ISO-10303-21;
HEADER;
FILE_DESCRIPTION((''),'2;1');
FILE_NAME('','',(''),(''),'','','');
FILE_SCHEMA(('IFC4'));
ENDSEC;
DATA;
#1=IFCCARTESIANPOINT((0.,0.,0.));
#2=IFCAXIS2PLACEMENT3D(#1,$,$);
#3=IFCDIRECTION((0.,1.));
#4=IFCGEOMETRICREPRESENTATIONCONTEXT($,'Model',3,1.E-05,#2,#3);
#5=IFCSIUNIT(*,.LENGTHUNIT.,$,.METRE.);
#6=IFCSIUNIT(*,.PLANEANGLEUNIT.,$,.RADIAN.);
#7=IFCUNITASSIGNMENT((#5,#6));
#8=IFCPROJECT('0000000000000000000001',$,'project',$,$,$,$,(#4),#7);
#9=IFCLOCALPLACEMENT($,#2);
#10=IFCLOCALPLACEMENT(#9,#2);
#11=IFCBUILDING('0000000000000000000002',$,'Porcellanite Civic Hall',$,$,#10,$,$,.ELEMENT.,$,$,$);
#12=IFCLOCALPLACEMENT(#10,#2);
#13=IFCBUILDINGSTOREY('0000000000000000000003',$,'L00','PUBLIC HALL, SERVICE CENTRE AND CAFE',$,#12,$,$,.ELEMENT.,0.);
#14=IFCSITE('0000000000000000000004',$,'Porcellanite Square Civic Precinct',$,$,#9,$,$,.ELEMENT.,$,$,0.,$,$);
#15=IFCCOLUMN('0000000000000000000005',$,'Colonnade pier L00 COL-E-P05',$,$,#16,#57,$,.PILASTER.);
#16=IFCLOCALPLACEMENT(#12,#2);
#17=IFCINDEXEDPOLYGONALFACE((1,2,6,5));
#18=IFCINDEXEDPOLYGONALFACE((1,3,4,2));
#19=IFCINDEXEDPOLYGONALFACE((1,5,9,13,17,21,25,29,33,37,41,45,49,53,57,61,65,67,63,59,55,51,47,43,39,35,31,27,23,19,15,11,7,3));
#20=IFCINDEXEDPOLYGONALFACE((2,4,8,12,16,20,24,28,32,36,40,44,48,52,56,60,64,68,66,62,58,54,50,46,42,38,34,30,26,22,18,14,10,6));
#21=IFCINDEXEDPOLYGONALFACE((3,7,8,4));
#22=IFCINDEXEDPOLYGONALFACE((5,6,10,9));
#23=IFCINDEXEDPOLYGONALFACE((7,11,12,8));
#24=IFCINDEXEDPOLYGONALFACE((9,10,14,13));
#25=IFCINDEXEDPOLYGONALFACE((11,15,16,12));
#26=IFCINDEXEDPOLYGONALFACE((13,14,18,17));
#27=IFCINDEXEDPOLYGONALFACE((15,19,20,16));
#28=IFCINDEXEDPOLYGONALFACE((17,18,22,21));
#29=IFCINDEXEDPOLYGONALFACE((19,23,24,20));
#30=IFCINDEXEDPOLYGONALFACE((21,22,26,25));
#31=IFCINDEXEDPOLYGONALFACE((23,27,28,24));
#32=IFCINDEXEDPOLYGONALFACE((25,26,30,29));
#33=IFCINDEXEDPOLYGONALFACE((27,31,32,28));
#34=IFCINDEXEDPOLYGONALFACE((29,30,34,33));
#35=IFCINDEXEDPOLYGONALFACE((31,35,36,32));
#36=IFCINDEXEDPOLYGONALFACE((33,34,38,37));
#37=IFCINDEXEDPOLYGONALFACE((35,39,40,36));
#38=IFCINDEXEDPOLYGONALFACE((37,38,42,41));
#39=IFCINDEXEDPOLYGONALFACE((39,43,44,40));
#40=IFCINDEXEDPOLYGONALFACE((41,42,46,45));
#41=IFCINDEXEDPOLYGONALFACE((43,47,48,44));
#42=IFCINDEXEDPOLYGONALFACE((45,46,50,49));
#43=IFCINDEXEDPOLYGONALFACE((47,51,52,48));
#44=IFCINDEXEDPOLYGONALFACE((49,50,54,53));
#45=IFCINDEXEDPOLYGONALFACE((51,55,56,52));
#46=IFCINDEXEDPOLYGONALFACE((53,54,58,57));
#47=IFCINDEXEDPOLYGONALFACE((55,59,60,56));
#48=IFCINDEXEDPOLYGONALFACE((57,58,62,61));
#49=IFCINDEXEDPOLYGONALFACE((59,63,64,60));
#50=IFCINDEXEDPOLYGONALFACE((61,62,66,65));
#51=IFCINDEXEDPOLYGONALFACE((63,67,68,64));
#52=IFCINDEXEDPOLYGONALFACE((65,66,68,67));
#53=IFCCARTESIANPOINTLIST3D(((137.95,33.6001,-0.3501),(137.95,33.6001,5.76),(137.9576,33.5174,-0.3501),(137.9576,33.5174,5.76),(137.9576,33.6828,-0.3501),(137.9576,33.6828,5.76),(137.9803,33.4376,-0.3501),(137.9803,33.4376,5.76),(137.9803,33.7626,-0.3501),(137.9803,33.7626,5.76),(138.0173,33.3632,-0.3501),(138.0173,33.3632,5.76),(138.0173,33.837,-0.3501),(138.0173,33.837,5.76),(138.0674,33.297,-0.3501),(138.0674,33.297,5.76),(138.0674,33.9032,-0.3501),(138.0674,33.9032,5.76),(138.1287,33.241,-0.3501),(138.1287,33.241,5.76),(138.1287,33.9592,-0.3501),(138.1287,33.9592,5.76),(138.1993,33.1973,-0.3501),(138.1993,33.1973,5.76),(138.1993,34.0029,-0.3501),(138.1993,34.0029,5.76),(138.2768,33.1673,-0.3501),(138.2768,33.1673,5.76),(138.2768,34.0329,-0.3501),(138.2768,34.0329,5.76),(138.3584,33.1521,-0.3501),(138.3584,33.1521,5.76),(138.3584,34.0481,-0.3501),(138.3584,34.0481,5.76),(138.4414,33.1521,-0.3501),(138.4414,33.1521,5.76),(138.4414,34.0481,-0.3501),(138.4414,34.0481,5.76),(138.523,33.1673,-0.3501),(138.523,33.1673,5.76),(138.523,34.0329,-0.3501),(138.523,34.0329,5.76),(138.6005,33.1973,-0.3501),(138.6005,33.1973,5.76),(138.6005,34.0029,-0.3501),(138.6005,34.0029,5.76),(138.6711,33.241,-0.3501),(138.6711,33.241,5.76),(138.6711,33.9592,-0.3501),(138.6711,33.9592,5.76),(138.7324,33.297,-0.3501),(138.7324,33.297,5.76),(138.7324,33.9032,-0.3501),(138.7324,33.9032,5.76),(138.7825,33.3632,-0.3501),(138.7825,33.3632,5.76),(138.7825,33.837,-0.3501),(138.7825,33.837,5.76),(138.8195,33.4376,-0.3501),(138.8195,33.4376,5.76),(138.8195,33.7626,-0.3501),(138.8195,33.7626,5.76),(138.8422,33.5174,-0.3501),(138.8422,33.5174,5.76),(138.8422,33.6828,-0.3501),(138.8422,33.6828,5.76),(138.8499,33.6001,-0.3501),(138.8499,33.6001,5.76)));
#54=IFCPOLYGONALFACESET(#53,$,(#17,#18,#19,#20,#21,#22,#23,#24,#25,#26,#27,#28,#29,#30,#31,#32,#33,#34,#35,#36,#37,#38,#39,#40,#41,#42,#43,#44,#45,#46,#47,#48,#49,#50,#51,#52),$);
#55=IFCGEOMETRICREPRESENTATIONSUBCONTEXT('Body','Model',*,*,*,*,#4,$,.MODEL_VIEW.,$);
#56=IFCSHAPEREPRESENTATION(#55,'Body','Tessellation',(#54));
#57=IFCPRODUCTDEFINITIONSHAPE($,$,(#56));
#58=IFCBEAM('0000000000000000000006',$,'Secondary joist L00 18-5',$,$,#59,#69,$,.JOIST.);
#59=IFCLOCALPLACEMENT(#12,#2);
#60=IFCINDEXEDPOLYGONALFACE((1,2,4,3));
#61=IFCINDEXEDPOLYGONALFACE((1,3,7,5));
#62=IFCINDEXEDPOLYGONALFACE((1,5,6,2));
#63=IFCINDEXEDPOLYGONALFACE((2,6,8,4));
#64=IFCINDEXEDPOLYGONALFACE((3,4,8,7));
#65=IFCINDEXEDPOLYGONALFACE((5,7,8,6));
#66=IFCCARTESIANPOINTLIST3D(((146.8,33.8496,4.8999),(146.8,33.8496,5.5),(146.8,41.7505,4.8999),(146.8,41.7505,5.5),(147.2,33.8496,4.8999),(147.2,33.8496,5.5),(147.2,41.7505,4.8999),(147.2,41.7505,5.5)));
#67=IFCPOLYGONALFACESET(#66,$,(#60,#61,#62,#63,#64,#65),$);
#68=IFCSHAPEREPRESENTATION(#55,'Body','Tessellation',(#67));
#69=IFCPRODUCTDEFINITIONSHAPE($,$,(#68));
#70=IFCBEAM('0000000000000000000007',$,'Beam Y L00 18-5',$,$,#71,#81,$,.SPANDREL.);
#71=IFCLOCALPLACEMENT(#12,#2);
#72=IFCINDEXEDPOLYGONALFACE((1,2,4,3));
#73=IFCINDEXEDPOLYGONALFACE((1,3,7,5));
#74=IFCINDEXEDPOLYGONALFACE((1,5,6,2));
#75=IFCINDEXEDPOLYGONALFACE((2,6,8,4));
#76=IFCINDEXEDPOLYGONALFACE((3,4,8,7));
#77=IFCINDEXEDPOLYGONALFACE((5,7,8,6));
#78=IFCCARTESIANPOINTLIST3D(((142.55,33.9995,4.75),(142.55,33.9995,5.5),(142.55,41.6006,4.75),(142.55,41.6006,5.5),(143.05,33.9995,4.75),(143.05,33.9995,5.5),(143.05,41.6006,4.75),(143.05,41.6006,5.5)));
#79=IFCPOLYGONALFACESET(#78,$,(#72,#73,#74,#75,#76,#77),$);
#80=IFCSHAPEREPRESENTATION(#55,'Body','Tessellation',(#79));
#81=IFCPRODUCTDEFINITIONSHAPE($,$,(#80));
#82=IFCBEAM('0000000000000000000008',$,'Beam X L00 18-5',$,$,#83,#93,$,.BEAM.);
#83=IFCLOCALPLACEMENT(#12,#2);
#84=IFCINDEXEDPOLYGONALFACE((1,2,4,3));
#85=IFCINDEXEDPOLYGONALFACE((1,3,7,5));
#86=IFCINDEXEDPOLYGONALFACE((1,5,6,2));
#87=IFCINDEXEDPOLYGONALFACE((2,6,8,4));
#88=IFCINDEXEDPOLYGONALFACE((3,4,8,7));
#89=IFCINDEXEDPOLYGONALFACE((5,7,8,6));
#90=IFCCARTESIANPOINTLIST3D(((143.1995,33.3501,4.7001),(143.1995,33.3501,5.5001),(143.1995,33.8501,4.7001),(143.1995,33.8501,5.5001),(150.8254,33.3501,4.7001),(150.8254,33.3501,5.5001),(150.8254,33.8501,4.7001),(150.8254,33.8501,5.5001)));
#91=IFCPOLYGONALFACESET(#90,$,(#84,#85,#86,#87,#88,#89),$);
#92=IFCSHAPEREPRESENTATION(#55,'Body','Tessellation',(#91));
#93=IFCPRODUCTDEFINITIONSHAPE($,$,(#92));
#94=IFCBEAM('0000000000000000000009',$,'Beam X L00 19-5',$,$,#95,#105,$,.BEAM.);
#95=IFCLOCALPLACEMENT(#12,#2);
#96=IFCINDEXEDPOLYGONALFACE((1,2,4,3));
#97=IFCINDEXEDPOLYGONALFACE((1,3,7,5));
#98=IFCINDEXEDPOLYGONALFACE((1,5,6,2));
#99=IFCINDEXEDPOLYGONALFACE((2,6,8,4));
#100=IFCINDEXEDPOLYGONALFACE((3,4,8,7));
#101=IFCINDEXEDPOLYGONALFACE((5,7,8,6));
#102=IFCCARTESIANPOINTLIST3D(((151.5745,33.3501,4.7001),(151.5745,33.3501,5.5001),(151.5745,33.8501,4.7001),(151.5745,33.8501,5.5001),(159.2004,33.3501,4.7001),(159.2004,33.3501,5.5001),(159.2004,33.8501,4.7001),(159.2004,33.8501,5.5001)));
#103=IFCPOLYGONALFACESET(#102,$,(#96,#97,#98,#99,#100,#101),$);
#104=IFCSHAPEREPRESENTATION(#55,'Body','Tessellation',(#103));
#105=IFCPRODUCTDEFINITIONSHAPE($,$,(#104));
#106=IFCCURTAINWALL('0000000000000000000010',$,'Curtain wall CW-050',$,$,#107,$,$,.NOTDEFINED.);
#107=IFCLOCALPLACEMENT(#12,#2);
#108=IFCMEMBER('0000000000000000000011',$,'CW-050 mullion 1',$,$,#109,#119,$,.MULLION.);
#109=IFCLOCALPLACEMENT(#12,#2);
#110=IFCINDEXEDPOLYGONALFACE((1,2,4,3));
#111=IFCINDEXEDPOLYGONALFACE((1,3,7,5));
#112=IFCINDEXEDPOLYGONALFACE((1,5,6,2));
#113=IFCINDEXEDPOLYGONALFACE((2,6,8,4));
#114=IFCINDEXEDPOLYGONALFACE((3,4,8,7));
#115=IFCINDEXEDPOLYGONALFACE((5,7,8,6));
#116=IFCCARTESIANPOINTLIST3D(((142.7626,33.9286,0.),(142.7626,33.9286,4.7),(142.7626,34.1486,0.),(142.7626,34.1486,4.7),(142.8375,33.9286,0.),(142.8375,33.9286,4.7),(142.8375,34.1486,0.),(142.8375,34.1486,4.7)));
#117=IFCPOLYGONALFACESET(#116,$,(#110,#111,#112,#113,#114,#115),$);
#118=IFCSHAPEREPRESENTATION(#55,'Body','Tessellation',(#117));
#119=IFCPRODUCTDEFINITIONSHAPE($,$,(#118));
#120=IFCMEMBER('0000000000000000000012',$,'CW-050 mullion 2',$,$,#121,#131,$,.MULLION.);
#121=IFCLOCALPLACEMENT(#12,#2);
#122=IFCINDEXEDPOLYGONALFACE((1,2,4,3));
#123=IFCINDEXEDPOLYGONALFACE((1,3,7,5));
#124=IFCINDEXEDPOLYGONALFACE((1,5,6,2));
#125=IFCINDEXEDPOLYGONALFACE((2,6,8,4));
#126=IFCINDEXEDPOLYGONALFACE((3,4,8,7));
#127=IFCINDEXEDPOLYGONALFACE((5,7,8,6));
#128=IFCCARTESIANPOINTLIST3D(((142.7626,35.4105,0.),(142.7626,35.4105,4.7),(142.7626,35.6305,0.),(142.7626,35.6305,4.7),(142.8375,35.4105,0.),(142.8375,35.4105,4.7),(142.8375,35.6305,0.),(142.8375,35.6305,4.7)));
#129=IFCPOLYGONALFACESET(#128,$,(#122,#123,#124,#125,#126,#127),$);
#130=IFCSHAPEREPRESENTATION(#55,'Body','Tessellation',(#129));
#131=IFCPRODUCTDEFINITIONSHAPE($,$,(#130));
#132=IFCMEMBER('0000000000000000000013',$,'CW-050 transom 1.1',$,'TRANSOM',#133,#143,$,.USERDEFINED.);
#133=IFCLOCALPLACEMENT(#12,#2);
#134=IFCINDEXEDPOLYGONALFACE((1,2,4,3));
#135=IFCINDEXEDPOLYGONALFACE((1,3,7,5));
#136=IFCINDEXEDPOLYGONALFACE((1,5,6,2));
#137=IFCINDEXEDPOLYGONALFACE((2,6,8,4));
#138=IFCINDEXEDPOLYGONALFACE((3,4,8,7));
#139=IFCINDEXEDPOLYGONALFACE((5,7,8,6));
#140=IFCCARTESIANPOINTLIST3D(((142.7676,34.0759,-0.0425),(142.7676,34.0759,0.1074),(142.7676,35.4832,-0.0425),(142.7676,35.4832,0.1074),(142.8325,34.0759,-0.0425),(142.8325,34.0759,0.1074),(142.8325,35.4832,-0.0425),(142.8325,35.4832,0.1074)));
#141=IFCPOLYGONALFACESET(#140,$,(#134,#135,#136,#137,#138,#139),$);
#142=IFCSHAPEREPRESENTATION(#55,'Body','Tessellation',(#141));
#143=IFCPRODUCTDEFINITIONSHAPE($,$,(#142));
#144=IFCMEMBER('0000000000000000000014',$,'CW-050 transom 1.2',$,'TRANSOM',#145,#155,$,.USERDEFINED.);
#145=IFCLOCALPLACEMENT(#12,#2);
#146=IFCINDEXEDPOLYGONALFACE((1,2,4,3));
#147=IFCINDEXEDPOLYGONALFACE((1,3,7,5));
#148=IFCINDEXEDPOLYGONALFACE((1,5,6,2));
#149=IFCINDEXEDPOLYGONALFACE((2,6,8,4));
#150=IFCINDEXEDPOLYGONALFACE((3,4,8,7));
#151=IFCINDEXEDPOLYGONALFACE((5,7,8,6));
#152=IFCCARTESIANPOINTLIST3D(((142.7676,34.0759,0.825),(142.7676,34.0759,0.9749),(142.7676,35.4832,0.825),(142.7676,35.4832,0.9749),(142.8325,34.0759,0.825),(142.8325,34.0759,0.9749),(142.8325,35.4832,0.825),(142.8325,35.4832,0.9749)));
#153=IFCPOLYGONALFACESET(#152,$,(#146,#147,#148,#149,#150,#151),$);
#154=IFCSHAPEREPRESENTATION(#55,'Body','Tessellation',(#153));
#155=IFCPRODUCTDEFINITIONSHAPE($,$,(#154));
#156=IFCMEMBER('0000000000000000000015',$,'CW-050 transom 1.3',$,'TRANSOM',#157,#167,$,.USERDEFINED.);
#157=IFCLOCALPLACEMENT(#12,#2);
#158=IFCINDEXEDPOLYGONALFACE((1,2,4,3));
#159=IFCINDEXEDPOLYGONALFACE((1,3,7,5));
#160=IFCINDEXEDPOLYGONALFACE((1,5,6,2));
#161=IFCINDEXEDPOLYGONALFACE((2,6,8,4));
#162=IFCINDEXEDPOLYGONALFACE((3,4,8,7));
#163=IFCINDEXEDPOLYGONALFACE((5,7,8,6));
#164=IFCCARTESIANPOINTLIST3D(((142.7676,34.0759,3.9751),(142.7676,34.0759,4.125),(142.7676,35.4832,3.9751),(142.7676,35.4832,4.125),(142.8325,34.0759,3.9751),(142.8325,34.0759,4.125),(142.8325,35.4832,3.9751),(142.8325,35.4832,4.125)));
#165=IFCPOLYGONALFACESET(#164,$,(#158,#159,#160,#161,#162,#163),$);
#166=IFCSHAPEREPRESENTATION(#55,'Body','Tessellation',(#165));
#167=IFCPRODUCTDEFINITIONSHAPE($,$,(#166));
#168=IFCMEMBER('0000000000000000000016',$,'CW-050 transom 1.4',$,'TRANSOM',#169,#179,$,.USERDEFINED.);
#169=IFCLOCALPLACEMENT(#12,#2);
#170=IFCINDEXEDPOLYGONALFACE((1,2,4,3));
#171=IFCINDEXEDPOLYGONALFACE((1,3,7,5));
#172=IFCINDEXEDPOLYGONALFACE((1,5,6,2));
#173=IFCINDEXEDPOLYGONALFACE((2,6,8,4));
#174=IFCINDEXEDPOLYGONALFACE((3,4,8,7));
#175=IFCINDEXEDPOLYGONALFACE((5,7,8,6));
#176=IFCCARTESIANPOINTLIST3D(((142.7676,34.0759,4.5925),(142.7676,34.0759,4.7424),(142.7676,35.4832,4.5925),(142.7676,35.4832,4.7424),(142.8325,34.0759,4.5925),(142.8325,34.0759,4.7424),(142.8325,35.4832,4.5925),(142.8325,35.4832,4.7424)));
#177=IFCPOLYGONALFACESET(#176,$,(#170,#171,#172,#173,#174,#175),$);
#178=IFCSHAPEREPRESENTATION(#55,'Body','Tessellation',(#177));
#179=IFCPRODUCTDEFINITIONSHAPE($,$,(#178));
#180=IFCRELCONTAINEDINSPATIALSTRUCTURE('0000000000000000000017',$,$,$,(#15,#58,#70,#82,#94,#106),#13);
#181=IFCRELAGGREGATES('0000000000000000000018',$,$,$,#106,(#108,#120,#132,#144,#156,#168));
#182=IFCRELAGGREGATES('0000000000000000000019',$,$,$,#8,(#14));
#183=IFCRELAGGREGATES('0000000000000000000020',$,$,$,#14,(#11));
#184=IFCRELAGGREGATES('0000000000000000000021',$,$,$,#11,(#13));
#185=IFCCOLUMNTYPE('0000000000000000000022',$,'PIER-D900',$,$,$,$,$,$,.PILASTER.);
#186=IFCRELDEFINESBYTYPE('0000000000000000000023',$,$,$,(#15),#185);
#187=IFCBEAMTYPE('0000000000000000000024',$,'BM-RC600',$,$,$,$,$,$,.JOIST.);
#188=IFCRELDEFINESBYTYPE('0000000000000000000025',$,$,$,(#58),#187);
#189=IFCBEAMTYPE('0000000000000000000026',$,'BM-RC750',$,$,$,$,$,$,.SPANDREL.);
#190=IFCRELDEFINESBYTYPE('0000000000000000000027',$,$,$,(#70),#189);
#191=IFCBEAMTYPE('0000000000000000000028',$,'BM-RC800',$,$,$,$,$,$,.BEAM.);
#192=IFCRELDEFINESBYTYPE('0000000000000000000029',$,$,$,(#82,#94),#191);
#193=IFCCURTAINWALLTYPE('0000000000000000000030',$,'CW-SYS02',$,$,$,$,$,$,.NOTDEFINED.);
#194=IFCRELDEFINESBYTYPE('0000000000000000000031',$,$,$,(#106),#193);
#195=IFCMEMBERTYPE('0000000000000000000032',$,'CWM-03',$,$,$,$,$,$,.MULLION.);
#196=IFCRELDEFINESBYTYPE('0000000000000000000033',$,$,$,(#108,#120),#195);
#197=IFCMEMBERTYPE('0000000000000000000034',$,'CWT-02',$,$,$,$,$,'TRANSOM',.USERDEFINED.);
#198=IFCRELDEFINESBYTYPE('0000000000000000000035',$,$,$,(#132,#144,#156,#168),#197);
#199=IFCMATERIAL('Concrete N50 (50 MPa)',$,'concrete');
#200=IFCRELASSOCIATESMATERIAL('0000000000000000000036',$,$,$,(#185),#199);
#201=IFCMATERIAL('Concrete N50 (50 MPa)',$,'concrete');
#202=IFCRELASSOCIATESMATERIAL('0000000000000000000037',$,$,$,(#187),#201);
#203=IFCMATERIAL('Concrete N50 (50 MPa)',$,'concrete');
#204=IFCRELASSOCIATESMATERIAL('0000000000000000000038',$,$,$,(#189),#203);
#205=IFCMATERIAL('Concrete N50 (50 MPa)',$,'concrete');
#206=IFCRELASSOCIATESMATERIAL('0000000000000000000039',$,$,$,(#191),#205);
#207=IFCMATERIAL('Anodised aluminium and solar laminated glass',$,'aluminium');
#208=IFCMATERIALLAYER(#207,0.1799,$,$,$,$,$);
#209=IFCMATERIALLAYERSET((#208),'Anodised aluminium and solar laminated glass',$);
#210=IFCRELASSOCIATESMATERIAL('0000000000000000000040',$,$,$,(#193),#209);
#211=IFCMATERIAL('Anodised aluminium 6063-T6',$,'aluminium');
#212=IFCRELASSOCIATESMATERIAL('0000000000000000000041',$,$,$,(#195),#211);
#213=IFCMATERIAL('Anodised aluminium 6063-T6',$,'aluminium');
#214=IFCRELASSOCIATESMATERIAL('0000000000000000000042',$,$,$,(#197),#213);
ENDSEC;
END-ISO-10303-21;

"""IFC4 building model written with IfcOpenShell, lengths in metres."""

from ifc_helpers import new_model, si_unit, direction, frame, origin, origin_2d, place, context, subcontext, project, spatial, rectangle, circle, extrude, material, layer, layer_set, material_profile, profile_set, type_object, element, aggregate, save


model = new_model("IFC4")

# Units and contexts
model_context = context("Model", 3, precision=1e-05, world=origin(), true_north=direction((0.0, 1.0)))
body_context = subcontext(model_context, "Body", "Model", "MODEL_VIEW")
ifc_project = project(units=[si_unit("LENGTHUNIT", "METRE"), si_unit("PLANEANGLEUNIT", "RADIAN")], contexts=[model_context])

# Site, building, storey
site_placement = place(None, origin())
site = spatial("IfcSite", under=ifc_project, at=site_placement, Name="Porcellanite Square Civic Precinct", CompositionType="ELEMENT", RefElevation=0.0)
building_placement = place(site_placement, origin())
building = spatial("IfcBuilding", under=site, at=building_placement, Name="Porcellanite Civic Hall", CompositionType="ELEMENT")
storey_placement = place(building_placement, origin())
storey = spatial("IfcBuildingStorey", under=building, at=storey_placement, Name="L00", Description="PUBLIC HALL, SERVICE CENTRE AND CAFE", CompositionType="ELEMENT", Elevation=0.0)

# Column
ifc_material_1 = material(Name="Concrete N50 (50 MPa)", Category="concrete")
ifc_material_profile_1 = material_profile(ifc_material_1, circle(Radius=0.45, at=origin_2d()), Name="RC-D900")
ifc_profile_set_1 = profile_set([ifc_material_profile_1], Name="Concrete N50 (50 MPa)")
column_type_1 = type_object("IfcColumnType", Name="PIER-D900", PredefinedType="PILASTER", material=ifc_profile_set_1)
column_1_placement = place(storey_placement, frame((138.3999, 33.6001, -0.3501), z_axis=(0.0, 0.0, 1.0), x_axis=(1.0, 0.0, 0.0)))
element("IfcColumn", 1, at=column_1_placement, inside=storey, type_object=column_type_1, Name="Colonnade pier L00 COL-E-P05", PredefinedType="PILASTER", context=body_context, shape_type="SweptSolid", body=[
    extrude(circle(Radius=0.45, at=origin_2d()), origin(), (0.0, 0.0, 1.0), 6.1101),
])

# Beams
ifc_material_2 = material(Name="Concrete N50 (50 MPa)", Category="concrete")
ifc_material_profile_2 = material_profile(ifc_material_2, rectangle(XDim=0.3999, YDim=0.6001, at=origin_2d()), Name="RC-400x600")
ifc_profile_set_2 = profile_set([ifc_material_profile_2], Name="Concrete N50 (50 MPa)")
beam_type_1 = type_object("IfcBeamType", Name="BM-RC600", PredefinedType="JOIST", material=ifc_profile_set_2)
beam_1_placement = place(storey_placement, frame((147.0, 33.8496, 5.2), z_axis=(0.0, 1.0, 0.0), x_axis=(-1.0, 0.0, 0.0)))
element("IfcBeam", 2, at=beam_1_placement, inside=storey, type_object=beam_type_1, Name="Secondary joist L00 18-5", PredefinedType="JOIST", context=body_context, shape_type="SweptSolid", body=[
    extrude(rectangle(XDim=0.3999, YDim=0.6001, at=origin_2d()), origin(), (0.0, 0.0, 1.0), 7.9009),
])
ifc_material_3 = material(Name="Concrete N50 (50 MPa)", Category="concrete")
ifc_material_profile_3 = material_profile(ifc_material_3, rectangle(XDim=0.5, YDim=0.75, at=origin_2d()), Name="RC-500x750")
ifc_profile_set_3 = profile_set([ifc_material_profile_3], Name="Concrete N50 (50 MPa)")
beam_type_2 = type_object("IfcBeamType", Name="BM-RC750", PredefinedType="SPANDREL", material=ifc_profile_set_3)
beam_2_placement = place(storey_placement, frame((142.8, 33.9995, 5.125), z_axis=(0.0, 1.0, 0.0), x_axis=(-1.0, 0.0, 0.0)))
element("IfcBeam", 3, at=beam_2_placement, inside=storey, type_object=beam_type_2, Name="Beam Y L00 18-5", PredefinedType="SPANDREL", context=body_context, shape_type="SweptSolid", body=[
    extrude(rectangle(XDim=0.5, YDim=0.75, at=origin_2d()), origin(), (0.0, 0.0, 1.0), 7.6011),
])
ifc_material_4 = material(Name="Concrete N50 (50 MPa)", Category="concrete")
ifc_material_profile_4 = material_profile(ifc_material_4, rectangle(XDim=0.5, YDim=0.8, at=origin_2d()), Name="RC-500x800")
ifc_profile_set_4 = profile_set([ifc_material_profile_4], Name="Concrete N50 (50 MPa)")
beam_type_3 = type_object("IfcBeamType", Name="BM-RC800", PredefinedType="BEAM", material=ifc_profile_set_4)
for number, where, z_axis, x_axis, name in (
    (4, (143.1995, 33.6001, 5.1001), (1.0, 0.0, 0.0), (0.0, 1.0, 0.0), "Beam X L00 18-5"),
    (5, (151.5745, 33.6001, 5.1001), (1.0, 0.0, 0.0), (0.0, 1.0, 0.0), "Beam X L00 19-5"),
):
    element("IfcBeam", number, at=place(storey_placement, frame(where, z_axis=z_axis, x_axis=x_axis)), inside=storey, type_object=beam_type_3, Name=name, PredefinedType="BEAM", context=body_context, shape_type="SweptSolid", body=[
        extrude(rectangle(XDim=0.5, YDim=0.8, at=origin_2d()), origin(), (0.0, 0.0, 1.0), 7.626),
    ])

# Curtain wall, members
ifc_material_5 = material(Name="Anodised aluminium and solar laminated glass", Category="aluminium")
ifc_layer_1 = layer(ifc_material_5, 0.1799)
ifc_layer_set_1 = layer_set([ifc_layer_1], Name="Anodised aluminium and solar laminated glass")
curtain_wall_type = type_object("IfcCurtainWallType", Name="CW-SYS02", PredefinedType="NOTDEFINED", material=ifc_layer_set_1)
curtain_wall_placement = place(storey_placement, origin())
curtain_wall = element("IfcCurtainWall", 6, at=curtain_wall_placement, inside=storey, type_object=curtain_wall_type, Name="Curtain wall CW-050", PredefinedType="NOTDEFINED")
ifc_material_6 = material(Name="Anodised aluminium 6063-T6", Category="aluminium")
ifc_material_profile_5 = material_profile(ifc_material_6, rectangle(XDim=0.075, YDim=0.22, at=origin_2d()), Name="AL-75x220")
ifc_profile_set_5 = profile_set([ifc_material_profile_5], Name="Anodised aluminium 6063-T6")
member_type_1 = type_object("IfcMemberType", Name="CWM-03", PredefinedType="MULLION", material=ifc_profile_set_5)
member_1_placement = place(storey_placement, frame((142.8, 34.0386, 0.0), z_axis=(0.0, 0.0, 1.0), x_axis=(-1.0, 0.0, 0.0)))
member_1 = element("IfcMember", 7, at=member_1_placement, type_object=member_type_1, Name="CW-050 mullion 1", PredefinedType="MULLION", context=body_context, shape_type="SweptSolid", body=[
    extrude(rectangle(XDim=0.075, YDim=0.22, at=origin_2d()), origin(), (0.0, 0.0, 1.0), 4.7),
])
member_2_placement = place(storey_placement, frame((142.8, 35.5205, 0.0), z_axis=(0.0, 0.0, 1.0), x_axis=(-1.0, 0.0, 0.0)))
member_2 = element("IfcMember", 8, at=member_2_placement, type_object=member_type_1, Name="CW-050 mullion 2", PredefinedType="MULLION", context=body_context, shape_type="SweptSolid", body=[
    extrude(rectangle(XDim=0.075, YDim=0.22, at=origin_2d()), origin(), (0.0, 0.0, 1.0), 4.7),
])
ifc_material_7 = material(Name="Anodised aluminium 6063-T6", Category="aluminium")
ifc_material_profile_6 = material_profile(ifc_material_7, rectangle(XDim=0.0649, YDim=0.1499, at=origin_2d()), Name="AL-65x150")
ifc_profile_set_6 = profile_set([ifc_material_profile_6], Name="Anodised aluminium 6063-T6")
member_type_2 = type_object("IfcMemberType", Name="CWT-02", ElementType="TRANSOM", PredefinedType="USERDEFINED", material=ifc_profile_set_6)
member_3_placement = place(storey_placement, frame((142.8, 34.0759, 0.0325), z_axis=(0.0, 1.0, 0.0), x_axis=(-1.0, 0.0, 0.0)))
member_3 = element("IfcMember", 9, at=member_3_placement, type_object=member_type_2, Name="CW-050 transom 1.1", ObjectType="TRANSOM", PredefinedType="USERDEFINED", context=body_context, shape_type="SweptSolid", body=[
    extrude(rectangle(XDim=0.0649, YDim=0.1499, at=origin_2d()), origin(), (0.0, 0.0, 1.0), 1.4072),
])
member_4_placement = place(storey_placement, frame((142.8, 34.0759, 0.8999), z_axis=(0.0, 1.0, 0.0), x_axis=(-1.0, 0.0, 0.0)))
member_4 = element("IfcMember", 10, at=member_4_placement, type_object=member_type_2, Name="CW-050 transom 1.2", ObjectType="TRANSOM", PredefinedType="USERDEFINED", context=body_context, shape_type="SweptSolid", body=[
    extrude(rectangle(XDim=0.0649, YDim=0.1499, at=origin_2d()), origin(), (0.0, 0.0, 1.0), 1.4072),
])
member_5_placement = place(storey_placement, frame((142.8, 34.0759, 4.05), z_axis=(0.0, 1.0, 0.0), x_axis=(-1.0, 0.0, 0.0)))
member_5 = element("IfcMember", 11, at=member_5_placement, type_object=member_type_2, Name="CW-050 transom 1.3", ObjectType="TRANSOM", PredefinedType="USERDEFINED", context=body_context, shape_type="SweptSolid", body=[
    extrude(rectangle(XDim=0.0649, YDim=0.1499, at=origin_2d()), origin(), (0.0, 0.0, 1.0), 1.4072),
])
member_6_placement = place(storey_placement, frame((142.8, 34.0759, 4.6675), z_axis=(0.0, 1.0, 0.0), x_axis=(-1.0, 0.0, 0.0)))
member_6 = element("IfcMember", 12, at=member_6_placement, type_object=member_type_2, Name="CW-050 transom 1.4", ObjectType="TRANSOM", PredefinedType="USERDEFINED", context=body_context, shape_type="SweptSolid", body=[
    extrude(rectangle(XDim=0.0649, YDim=0.1499, at=origin_2d()), origin(), (0.0, 0.0, 1.0), 1.4072),
])

aggregate(curtain_wall, [member_1, member_2, member_3, member_4, member_5, member_6])

save(model, "model.ifc")
